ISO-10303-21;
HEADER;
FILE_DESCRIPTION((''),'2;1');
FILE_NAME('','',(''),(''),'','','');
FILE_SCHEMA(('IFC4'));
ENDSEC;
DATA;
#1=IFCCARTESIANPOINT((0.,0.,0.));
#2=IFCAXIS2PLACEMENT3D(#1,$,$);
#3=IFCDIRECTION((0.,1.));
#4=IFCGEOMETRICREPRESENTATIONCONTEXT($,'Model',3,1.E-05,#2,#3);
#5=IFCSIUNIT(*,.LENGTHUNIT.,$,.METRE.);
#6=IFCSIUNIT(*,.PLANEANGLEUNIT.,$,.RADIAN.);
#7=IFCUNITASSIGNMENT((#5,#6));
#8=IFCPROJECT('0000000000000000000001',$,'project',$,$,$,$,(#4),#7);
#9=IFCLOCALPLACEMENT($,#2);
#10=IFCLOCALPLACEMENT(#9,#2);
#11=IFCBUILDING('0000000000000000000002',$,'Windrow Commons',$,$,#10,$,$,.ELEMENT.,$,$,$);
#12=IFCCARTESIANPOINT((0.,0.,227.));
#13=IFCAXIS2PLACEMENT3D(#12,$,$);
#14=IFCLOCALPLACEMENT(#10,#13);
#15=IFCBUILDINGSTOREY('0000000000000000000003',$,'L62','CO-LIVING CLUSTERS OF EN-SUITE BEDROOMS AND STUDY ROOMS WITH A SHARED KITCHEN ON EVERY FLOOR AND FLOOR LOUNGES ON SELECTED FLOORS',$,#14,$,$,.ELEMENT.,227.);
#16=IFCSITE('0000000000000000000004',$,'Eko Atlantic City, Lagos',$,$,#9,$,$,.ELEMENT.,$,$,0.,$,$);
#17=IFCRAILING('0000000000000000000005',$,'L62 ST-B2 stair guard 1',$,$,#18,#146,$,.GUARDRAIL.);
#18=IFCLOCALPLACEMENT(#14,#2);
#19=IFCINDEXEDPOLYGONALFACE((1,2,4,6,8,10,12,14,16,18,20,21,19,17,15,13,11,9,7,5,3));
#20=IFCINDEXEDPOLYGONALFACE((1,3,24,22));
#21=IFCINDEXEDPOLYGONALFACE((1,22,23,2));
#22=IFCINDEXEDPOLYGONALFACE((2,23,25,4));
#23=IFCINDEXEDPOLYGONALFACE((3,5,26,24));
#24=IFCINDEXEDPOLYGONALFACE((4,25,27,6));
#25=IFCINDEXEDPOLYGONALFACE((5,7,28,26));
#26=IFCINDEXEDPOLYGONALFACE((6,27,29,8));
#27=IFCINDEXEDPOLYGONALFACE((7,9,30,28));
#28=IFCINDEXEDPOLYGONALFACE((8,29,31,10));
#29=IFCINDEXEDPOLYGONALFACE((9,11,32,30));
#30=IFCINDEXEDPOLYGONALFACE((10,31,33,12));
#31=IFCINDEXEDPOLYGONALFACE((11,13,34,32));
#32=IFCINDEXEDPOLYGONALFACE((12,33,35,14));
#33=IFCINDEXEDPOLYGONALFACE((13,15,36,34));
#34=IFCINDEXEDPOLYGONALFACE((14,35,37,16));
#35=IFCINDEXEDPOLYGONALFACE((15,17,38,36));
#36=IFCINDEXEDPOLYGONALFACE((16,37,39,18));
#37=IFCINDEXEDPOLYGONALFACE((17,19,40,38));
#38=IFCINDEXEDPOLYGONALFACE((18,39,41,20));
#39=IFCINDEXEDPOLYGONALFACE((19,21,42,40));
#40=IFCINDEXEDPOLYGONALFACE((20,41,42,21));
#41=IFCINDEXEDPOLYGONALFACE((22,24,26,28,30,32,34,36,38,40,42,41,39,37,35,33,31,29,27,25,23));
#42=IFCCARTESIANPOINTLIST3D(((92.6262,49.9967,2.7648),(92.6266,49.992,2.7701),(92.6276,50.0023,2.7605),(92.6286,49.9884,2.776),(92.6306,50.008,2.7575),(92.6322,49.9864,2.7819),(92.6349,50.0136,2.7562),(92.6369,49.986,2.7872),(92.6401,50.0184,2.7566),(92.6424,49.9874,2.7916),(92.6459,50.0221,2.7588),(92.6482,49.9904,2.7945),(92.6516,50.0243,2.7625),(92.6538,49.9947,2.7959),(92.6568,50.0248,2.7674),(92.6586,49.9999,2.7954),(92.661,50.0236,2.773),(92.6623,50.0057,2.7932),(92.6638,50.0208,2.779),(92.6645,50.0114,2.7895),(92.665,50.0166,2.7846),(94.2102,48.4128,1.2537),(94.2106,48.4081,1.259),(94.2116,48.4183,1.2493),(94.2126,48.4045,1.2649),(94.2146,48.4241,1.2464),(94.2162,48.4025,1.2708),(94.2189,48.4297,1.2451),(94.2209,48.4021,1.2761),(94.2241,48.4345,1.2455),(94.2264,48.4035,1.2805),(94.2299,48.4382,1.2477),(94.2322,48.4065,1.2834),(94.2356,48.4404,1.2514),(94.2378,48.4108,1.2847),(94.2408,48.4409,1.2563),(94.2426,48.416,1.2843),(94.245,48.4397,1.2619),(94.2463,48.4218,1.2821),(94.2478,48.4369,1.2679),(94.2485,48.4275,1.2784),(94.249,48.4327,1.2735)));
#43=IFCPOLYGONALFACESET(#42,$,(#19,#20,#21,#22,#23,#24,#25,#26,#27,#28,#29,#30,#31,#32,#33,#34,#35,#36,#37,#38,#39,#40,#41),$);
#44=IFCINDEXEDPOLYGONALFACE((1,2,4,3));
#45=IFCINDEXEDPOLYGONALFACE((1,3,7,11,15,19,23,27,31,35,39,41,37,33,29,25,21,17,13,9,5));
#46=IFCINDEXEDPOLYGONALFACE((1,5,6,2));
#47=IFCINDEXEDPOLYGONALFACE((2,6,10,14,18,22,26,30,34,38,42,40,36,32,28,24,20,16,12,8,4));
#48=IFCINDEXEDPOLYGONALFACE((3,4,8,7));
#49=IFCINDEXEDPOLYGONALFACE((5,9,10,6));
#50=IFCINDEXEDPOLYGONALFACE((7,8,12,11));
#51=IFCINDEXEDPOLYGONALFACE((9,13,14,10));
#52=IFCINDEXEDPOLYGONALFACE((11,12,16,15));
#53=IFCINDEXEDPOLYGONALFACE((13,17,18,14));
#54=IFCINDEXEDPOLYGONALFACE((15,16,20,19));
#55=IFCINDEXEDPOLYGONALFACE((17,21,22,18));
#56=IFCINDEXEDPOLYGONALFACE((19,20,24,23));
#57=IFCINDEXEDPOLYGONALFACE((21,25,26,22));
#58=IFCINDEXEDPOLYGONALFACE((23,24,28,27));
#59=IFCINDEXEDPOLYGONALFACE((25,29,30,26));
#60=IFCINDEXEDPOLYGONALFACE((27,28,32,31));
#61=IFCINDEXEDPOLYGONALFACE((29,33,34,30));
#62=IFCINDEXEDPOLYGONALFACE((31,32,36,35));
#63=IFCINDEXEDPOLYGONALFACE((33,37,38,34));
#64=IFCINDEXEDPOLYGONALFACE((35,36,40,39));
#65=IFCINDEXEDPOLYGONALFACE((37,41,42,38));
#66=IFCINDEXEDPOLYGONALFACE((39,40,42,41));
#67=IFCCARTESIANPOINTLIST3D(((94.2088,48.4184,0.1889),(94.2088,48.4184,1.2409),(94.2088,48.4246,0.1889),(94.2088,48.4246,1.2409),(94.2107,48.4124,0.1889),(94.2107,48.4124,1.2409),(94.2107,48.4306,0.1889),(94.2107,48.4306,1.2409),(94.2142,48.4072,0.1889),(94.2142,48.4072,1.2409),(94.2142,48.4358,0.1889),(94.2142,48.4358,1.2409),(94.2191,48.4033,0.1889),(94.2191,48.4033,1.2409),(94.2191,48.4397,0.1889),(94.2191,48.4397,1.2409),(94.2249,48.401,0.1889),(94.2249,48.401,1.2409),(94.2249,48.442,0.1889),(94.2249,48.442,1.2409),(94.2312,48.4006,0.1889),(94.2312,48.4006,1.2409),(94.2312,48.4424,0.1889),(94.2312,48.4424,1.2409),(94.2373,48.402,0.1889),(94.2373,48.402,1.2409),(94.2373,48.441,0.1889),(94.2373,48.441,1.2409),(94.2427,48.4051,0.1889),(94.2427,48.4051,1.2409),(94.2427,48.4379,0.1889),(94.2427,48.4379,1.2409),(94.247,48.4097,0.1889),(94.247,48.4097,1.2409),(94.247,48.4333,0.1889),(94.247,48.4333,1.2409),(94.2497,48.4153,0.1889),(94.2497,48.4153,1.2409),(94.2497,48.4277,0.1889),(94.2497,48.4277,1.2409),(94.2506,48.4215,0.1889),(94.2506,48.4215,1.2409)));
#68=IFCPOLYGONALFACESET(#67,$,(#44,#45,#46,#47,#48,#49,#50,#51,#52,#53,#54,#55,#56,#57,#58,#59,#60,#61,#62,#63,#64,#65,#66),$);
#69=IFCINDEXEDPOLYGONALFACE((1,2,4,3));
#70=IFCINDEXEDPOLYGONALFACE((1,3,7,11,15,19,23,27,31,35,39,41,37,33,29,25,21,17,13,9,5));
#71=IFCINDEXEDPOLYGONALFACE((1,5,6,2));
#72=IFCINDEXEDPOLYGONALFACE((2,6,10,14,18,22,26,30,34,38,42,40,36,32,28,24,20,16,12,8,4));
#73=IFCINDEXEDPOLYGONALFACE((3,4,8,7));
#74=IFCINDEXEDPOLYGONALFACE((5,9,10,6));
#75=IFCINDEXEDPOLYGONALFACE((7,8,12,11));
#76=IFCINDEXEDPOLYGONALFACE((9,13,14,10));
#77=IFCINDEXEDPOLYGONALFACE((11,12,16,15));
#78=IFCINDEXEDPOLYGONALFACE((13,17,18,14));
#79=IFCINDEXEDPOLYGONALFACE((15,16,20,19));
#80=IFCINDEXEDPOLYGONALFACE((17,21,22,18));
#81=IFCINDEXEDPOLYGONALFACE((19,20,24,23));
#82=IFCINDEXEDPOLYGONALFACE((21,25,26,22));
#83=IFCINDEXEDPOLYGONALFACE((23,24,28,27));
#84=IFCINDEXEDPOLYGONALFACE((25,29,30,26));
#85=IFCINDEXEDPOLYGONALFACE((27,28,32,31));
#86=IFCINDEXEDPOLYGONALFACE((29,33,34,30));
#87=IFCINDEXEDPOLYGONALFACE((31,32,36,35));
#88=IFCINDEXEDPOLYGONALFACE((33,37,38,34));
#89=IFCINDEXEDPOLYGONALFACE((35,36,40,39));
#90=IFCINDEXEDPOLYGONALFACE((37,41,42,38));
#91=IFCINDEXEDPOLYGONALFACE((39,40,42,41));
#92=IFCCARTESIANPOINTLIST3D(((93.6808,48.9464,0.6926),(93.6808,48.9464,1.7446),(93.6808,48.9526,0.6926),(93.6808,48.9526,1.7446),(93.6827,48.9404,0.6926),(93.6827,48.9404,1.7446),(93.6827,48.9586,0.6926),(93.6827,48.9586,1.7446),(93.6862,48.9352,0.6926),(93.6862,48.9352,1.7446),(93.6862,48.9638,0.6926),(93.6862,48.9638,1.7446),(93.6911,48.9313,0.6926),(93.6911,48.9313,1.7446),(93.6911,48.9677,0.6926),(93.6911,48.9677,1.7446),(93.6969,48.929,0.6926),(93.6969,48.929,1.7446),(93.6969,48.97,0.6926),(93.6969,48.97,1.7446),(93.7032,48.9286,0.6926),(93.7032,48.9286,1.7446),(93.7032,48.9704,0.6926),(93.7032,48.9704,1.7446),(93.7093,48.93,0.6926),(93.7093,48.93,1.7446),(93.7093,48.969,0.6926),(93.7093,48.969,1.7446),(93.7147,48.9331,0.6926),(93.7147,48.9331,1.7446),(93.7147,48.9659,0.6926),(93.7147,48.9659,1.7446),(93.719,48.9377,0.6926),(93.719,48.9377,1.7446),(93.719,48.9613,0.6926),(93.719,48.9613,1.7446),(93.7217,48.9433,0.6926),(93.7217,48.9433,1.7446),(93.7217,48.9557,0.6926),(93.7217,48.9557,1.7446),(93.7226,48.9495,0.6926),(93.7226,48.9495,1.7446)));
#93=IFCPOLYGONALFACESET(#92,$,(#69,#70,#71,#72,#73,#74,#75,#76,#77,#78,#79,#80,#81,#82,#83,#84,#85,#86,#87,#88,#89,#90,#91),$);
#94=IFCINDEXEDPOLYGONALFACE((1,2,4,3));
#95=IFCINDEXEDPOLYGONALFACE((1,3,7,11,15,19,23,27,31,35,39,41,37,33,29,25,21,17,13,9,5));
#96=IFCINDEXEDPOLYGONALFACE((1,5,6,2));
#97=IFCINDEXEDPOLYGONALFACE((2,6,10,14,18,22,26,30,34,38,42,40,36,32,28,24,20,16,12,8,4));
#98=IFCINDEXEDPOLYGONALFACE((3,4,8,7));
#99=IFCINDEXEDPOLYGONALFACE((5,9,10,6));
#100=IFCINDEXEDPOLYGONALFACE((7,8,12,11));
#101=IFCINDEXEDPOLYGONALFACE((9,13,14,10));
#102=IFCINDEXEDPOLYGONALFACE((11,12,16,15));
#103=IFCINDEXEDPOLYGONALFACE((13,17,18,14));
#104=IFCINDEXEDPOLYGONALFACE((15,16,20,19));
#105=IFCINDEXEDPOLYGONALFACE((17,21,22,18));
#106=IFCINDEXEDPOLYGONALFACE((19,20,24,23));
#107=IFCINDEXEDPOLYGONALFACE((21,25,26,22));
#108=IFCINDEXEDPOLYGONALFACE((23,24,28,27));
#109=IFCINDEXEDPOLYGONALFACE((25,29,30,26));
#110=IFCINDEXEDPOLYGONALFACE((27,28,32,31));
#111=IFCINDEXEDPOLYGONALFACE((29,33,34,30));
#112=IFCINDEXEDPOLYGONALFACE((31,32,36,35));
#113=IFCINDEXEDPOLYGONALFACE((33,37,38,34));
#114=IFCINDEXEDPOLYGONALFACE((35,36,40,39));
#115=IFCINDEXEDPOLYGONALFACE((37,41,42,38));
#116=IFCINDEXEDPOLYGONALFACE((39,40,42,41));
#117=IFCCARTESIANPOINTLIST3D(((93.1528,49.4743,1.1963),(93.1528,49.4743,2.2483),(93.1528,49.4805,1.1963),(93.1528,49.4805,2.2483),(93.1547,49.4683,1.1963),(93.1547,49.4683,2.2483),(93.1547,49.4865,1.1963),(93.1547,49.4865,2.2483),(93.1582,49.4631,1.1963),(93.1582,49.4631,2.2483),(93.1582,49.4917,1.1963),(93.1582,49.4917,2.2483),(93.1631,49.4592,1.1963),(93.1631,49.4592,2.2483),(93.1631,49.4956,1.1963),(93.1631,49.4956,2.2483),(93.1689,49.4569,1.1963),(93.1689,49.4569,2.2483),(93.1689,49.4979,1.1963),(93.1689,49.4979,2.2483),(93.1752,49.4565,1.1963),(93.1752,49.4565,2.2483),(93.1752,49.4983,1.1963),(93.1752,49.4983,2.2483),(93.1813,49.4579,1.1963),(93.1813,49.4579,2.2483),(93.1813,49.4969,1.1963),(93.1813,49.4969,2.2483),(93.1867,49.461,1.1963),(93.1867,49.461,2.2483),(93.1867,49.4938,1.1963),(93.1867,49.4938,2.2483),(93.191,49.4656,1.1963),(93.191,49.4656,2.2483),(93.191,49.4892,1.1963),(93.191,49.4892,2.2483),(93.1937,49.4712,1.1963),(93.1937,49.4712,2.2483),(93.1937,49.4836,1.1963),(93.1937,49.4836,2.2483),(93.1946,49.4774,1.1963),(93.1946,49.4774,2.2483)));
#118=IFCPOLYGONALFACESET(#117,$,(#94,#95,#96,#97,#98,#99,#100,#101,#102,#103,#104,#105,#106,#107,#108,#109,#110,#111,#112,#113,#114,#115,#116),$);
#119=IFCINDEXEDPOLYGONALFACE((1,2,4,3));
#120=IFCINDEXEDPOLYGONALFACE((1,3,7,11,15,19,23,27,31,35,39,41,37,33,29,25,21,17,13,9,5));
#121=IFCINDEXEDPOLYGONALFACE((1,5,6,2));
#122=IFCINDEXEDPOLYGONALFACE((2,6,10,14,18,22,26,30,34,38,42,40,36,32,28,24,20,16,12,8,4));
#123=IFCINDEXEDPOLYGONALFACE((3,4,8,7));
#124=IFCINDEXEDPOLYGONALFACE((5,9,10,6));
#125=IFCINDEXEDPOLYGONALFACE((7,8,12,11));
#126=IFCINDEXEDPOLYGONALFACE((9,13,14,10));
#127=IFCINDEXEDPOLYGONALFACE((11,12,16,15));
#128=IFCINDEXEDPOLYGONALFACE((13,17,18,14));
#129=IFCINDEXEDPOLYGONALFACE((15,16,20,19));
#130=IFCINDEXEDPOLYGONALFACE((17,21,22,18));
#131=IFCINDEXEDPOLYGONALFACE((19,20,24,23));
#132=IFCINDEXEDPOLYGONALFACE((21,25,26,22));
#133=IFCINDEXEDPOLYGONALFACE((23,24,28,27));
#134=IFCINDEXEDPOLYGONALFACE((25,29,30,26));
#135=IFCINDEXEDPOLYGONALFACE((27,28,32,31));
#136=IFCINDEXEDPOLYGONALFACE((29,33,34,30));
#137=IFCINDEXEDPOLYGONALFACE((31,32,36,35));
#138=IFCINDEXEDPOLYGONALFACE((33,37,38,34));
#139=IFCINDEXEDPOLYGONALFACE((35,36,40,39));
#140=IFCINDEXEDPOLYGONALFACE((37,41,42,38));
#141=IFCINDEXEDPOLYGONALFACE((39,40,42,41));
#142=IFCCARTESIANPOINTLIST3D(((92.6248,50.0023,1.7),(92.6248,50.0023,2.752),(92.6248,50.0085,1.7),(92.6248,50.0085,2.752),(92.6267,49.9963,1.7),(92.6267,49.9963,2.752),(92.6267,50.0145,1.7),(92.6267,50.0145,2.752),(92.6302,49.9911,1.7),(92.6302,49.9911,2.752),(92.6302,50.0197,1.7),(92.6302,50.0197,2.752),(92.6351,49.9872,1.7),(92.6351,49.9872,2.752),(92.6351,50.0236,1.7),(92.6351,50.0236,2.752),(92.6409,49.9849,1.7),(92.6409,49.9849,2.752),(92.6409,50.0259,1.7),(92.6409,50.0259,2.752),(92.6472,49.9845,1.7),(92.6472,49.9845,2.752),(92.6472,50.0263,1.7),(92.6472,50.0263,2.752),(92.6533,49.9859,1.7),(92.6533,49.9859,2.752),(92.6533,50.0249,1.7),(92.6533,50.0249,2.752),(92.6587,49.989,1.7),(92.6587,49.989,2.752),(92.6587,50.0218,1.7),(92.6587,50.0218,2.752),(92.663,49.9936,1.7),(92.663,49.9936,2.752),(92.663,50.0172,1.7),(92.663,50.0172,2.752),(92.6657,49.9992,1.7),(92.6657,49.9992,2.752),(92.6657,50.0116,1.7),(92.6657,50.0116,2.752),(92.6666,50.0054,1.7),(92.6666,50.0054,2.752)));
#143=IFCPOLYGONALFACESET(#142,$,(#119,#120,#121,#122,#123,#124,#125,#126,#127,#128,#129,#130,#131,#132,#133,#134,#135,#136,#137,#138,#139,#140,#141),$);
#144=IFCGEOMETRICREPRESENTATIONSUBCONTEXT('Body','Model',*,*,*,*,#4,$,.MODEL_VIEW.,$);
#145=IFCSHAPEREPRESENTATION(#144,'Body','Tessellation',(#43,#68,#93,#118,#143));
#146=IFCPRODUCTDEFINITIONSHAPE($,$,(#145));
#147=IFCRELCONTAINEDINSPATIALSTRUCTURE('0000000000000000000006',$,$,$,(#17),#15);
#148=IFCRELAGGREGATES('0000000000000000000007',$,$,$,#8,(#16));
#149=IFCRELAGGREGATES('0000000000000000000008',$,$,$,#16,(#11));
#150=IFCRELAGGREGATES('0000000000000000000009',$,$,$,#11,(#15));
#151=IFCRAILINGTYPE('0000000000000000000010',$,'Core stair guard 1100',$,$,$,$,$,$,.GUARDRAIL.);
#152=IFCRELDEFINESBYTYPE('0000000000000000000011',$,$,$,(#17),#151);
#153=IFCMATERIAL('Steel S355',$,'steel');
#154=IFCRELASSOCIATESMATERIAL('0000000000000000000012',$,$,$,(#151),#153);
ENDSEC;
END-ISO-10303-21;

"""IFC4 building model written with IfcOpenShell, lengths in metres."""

from ifc_helpers import new_model, si_unit, direction, frame, origin, origin_2d, place, context, subcontext, project, spatial, circle, extrude, material, type_object, element, save


model = new_model("IFC4")

# Units and contexts
model_context = context("Model", 3, precision=1e-05, world=origin(), true_north=direction((0.0, 1.0)))
body_context = subcontext(model_context, "Body", "Model", "MODEL_VIEW")
ifc_project = project(units=[si_unit("LENGTHUNIT", "METRE"), si_unit("PLANEANGLEUNIT", "RADIAN")], contexts=[model_context])

# Site, building, storey
site_placement = place(None, origin())
site = spatial("IfcSite", under=ifc_project, at=site_placement, Name="Eko Atlantic City, Lagos", CompositionType="ELEMENT", RefElevation=0.0)
building_placement = place(site_placement, origin())
building = spatial("IfcBuilding", under=site, at=building_placement, Name="Windrow Commons", CompositionType="ELEMENT")
storey_placement = place(building_placement, frame((0.0, 0.0, 227.0)))
storey = spatial("IfcBuildingStorey", under=building, at=storey_placement, Name="L62", Description="CO-LIVING CLUSTERS OF EN-SUITE BEDROOMS AND STUDY ROOMS WITH A SHARED KITCHEN ON EVERY FLOOR AND FLOOR LOUNGES ON SELECTED FLOORS", CompositionType="ELEMENT", Elevation=227.0)

# Railing
ifc_material_1 = material(Name="Steel S355", Category="steel")
railing_type_1 = type_object("IfcRailingType", Name="Core stair guard 1100", PredefinedType="GUARDRAIL", material=ifc_material_1)
railing_1_placement = place(storey_placement, frame((94.2296, 48.4215, 0.1889)))
element("IfcRailing", 1, at=railing_1_placement, inside=storey, type_object=railing_type_1, Name="L62 ST-B2 stair guard 1", PredefinedType="GUARDRAIL", context=body_context, shape_type="SweptSolid", body=[
    extrude(circle(Radius=0.024, at=origin_2d()), frame((0.0, 0.0, 1.076), z_axis=(-0.586216, 0.586179, 0.559237), x_axis=(-0.707084, -0.707129, 0.0)), (0.0, 0.0, 1.0), 2.7021),
    extrude(circle(Radius=0.021, at=origin_2d()), origin(), (0.0, 0.0, 1.0), 1.052),
    extrude(circle(Radius=0.021, at=origin_2d()), frame((-0.528, 0.528, 0.5037)), (0.0, 0.0, 1.0), 1.052),
    extrude(circle(Radius=0.021, at=origin_2d()), frame((-1.056, 1.0559, 1.0074)), (0.0, 0.0, 1.0), 1.052),
    extrude(circle(Radius=0.021, at=origin_2d()), frame((-1.584, 1.5839, 1.5111)), (0.0, 0.0, 1.0), 1.052),
])

save(model, "model.ifc")
